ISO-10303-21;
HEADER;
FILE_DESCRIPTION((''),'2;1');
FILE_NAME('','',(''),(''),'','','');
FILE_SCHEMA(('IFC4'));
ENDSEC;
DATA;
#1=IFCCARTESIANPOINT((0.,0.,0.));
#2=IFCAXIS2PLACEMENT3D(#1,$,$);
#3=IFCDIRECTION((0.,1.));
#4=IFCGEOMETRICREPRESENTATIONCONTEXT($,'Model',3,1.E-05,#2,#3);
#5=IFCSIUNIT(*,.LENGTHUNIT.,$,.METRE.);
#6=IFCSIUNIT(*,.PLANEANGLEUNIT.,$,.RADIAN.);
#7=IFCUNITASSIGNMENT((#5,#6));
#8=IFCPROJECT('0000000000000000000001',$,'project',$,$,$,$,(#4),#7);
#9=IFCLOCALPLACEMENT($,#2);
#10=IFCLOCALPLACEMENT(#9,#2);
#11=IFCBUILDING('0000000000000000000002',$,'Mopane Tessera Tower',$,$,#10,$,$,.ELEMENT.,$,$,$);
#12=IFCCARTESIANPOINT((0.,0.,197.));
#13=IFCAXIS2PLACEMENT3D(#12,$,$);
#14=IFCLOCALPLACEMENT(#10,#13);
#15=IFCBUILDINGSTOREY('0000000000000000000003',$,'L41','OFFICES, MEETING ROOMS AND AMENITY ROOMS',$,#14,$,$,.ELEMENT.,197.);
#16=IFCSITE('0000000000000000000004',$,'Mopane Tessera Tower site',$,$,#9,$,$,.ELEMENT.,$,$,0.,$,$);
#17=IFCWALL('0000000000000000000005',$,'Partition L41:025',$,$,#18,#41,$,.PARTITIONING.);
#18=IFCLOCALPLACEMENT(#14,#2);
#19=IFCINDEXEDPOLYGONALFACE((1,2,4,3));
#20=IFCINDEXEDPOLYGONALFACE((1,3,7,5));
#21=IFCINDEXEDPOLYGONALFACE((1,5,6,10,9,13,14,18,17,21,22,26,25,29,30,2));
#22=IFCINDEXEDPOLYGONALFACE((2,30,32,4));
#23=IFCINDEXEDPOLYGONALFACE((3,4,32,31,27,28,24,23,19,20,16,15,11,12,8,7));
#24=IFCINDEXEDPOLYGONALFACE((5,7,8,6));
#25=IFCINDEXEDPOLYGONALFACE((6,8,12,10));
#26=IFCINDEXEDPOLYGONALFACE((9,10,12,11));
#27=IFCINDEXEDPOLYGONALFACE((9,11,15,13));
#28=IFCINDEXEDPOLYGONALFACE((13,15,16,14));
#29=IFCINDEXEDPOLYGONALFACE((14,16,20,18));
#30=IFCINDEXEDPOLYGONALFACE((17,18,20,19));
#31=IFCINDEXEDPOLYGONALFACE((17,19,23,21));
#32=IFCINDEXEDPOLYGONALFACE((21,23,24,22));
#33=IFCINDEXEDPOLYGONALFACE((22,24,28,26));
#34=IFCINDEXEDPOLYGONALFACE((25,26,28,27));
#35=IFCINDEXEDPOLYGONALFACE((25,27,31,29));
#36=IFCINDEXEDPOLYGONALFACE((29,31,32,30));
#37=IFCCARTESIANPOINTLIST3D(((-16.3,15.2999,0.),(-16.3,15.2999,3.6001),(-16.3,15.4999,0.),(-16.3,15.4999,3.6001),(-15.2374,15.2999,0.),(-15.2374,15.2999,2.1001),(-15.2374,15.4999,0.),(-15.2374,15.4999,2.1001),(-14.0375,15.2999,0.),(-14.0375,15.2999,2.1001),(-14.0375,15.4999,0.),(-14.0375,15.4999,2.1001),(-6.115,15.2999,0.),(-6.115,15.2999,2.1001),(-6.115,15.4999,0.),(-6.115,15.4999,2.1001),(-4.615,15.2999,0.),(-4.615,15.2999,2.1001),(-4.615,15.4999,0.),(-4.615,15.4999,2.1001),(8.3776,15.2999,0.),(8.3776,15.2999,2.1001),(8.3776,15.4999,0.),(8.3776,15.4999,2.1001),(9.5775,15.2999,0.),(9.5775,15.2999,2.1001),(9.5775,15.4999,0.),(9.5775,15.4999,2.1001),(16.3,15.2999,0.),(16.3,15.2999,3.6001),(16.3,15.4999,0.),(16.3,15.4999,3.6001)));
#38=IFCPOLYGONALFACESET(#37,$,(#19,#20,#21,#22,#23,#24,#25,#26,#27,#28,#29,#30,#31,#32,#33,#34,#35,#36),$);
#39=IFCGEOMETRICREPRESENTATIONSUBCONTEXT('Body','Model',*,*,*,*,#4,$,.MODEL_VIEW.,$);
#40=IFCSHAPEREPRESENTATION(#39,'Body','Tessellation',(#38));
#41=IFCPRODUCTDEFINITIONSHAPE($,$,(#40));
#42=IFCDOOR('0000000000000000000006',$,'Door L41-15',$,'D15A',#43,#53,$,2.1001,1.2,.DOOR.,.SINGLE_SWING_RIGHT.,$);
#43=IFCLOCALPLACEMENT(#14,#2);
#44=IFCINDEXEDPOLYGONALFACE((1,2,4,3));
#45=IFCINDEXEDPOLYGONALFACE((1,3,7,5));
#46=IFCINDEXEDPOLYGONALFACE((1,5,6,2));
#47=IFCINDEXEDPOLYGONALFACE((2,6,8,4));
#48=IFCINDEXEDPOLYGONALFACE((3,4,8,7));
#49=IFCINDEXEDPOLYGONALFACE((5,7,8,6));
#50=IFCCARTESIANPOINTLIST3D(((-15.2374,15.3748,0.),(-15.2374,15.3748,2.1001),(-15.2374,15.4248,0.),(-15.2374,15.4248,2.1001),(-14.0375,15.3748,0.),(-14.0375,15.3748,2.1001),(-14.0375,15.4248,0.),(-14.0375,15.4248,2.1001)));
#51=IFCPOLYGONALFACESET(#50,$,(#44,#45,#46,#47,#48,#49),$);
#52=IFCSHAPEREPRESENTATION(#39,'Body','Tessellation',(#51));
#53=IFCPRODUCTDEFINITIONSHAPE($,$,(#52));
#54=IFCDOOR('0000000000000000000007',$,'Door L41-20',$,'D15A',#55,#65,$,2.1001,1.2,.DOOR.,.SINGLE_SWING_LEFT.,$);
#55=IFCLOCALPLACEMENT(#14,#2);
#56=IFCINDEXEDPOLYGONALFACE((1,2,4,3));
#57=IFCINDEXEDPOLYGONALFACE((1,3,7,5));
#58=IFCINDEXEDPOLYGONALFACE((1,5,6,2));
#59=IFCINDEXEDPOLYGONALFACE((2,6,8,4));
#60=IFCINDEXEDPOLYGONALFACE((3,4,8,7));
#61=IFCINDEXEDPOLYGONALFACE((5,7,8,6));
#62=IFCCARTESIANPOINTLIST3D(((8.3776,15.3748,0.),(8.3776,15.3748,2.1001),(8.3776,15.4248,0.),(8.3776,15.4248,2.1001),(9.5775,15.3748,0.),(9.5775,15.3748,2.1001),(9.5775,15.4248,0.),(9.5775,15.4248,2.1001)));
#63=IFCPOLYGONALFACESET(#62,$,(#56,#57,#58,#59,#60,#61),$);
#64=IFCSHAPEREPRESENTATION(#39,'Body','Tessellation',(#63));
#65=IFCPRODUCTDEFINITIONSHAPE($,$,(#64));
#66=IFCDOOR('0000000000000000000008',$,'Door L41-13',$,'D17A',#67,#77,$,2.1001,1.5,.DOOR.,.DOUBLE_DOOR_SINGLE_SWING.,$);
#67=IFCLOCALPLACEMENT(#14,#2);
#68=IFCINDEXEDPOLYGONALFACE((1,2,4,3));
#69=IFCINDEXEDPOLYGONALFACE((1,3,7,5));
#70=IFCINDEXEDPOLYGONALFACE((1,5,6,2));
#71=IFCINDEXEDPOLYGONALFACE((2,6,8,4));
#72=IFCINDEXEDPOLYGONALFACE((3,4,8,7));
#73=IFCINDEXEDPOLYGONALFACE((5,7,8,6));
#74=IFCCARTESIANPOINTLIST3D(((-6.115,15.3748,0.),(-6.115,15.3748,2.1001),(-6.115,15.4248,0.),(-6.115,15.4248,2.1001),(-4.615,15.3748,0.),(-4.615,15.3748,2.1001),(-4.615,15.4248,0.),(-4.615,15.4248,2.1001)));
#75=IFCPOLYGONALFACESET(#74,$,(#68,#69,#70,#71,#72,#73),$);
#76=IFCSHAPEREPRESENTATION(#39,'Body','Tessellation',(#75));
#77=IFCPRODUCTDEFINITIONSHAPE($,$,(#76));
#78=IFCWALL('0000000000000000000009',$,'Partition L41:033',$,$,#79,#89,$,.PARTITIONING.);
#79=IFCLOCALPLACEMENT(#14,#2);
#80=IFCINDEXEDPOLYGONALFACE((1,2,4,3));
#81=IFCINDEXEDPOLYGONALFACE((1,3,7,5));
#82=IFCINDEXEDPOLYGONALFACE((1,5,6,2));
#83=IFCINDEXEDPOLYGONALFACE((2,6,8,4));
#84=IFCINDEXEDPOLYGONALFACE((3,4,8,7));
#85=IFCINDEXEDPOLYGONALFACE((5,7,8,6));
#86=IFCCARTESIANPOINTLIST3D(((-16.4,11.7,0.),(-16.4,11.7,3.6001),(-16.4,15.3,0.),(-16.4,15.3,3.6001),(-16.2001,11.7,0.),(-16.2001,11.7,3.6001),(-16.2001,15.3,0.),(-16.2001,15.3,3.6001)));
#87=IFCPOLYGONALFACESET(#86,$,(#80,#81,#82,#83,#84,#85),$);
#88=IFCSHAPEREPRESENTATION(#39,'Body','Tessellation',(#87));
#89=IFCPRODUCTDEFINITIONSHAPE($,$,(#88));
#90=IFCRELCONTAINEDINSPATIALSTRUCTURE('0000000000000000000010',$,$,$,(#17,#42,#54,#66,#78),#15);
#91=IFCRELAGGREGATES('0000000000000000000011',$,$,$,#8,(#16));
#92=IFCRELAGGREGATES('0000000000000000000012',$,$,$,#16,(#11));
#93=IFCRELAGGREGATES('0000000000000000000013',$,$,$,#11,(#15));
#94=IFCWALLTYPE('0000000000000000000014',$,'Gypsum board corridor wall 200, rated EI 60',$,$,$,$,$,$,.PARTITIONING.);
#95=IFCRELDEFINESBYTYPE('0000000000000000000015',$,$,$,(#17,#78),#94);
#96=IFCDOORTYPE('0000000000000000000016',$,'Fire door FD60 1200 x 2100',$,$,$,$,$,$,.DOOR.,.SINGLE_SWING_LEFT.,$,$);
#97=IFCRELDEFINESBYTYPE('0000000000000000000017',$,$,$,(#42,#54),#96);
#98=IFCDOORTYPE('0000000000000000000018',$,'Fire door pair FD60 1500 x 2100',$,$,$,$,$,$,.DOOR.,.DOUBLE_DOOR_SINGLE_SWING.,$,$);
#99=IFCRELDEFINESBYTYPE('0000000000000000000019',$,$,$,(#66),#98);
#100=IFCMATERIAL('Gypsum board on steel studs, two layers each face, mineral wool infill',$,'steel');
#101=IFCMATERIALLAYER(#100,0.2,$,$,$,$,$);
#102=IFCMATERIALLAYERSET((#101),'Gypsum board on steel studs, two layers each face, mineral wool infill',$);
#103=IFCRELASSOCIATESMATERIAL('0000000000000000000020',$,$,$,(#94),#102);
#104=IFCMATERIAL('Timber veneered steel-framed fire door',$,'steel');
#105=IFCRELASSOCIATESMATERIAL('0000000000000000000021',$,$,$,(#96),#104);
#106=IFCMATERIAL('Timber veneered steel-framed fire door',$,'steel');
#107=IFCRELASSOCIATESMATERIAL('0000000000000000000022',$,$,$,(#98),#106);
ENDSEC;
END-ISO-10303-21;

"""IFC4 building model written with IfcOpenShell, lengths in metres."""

from ifc_helpers import new_model, si_unit, direction, frame, frame_2d, origin, place, context, subcontext, project, spatial, rectangle, extrude, material, layer, layer_set, type_object, element, fill, save


model = new_model("IFC4")

# Units and contexts
model_context = context("Model", 3, precision=1e-05, world=origin(), true_north=direction((0.0, 1.0)))
body_context = subcontext(model_context, "Body", "Model", "MODEL_VIEW")
ifc_project = project(units=[si_unit("LENGTHUNIT", "METRE"), si_unit("PLANEANGLEUNIT", "RADIAN")], contexts=[model_context])

# Site, building, storey
site_placement = place(None, origin())
site = spatial("IfcSite", under=ifc_project, at=site_placement, Name="Mopane Tessera Tower site", CompositionType="ELEMENT", RefElevation=0.0)
building_placement = place(site_placement, origin())
building = spatial("IfcBuilding", under=site, at=building_placement, Name="Mopane Tessera Tower", CompositionType="ELEMENT")
storey_placement = place(building_placement, frame((0.0, 0.0, 197.0)))
storey = spatial("IfcBuildingStorey", under=building, at=storey_placement, Name="L41", Description="OFFICES, MEETING ROOMS AND AMENITY ROOMS", CompositionType="ELEMENT", Elevation=197.0)

# Shared definitions
ifc_material_1 = material(Name="Gypsum board on steel studs, two layers each face, mineral wool infill", Category="steel")
ifc_layer_1 = layer(ifc_material_1, 0.2)
ifc_layer_set_1 = layer_set([ifc_layer_1], Name="Gypsum board on steel studs, two layers each face, mineral wool infill")
wall_type_1 = type_object("IfcWallType", Name="Gypsum board corridor wall 200, rated EI 60", PredefinedType="PARTITIONING", material=ifc_layer_set_1)

# Wall, openings, doors
wall_1_placement = place(storey_placement, frame((-16.3, 15.3999, 0.0), z_axis=(0.0, 0.0, 1.0), x_axis=(1.0, 0.0, 0.0)))
wall_1 = element("IfcWall", 1, at=wall_1_placement, inside=storey, type_object=wall_type_1, Name="Partition L41:025", PredefinedType="PARTITIONING", context=body_context, shape_type="SweptSolid", body=[
    extrude(rectangle(XDim=32.6001, YDim=0.2, at=frame_2d((16.3, 0.0))), origin(), (0.0, 0.0, 1.0), 3.6001),
])
opening_1_placement = place(wall_1_placement, frame((10.1851, 0.0, 0.0)))
opening_1 = element("IfcOpeningElement", 2, at=opening_1_placement, cuts=wall_1, PredefinedType="OPENING", context=body_context, shape_type="SweptSolid", body=[
    extrude(rectangle(XDim=1.5, YDim=2.1001, at=frame_2d((0.75, 1.05))), frame((0.0, 0.1121, 0.0), z_axis=(0.0, -1.0, 0.0), x_axis=(1.0, 0.0, 0.0)), (0.0, 0.0, 1.0), 0.2239),
])
opening_2_placement = place(wall_1_placement, frame((1.0625, 0.0, 0.0)))
opening_2 = element("IfcOpeningElement", 3, at=opening_2_placement, cuts=wall_1, PredefinedType="OPENING", context=body_context, shape_type="SweptSolid", body=[
    extrude(rectangle(XDim=1.2, YDim=2.1001, at=frame_2d((0.6001, 1.05))), frame((0.0, 0.1121, 0.0), z_axis=(0.0, -1.0, 0.0), x_axis=(1.0, 0.0, 0.0)), (0.0, 0.0, 1.0), 0.2239),
])
opening_3_placement = place(wall_1_placement, frame((24.6775, 0.0, 0.0)))
opening_3 = element("IfcOpeningElement", 4, at=opening_3_placement, cuts=wall_1, PredefinedType="OPENING", context=body_context, shape_type="SweptSolid", body=[
    extrude(rectangle(XDim=1.2, YDim=2.1001, at=frame_2d((0.6001, 1.05))), frame((0.0, 0.1121, 0.0), z_axis=(0.0, -1.0, 0.0), x_axis=(1.0, 0.0, 0.0)), (0.0, 0.0, 1.0), 0.2239),
])
ifc_material_2 = material(Name="Timber veneered steel-framed fire door", Category="steel")
door_type_1 = type_object("IfcDoorType", Name="Fire door FD60 1200 x 2100", OperationType="SINGLE_SWING_LEFT", PredefinedType="DOOR", material=ifc_material_2)
door_1_placement = place(opening_2_placement, origin())
door_1 = element("IfcDoor", 5, at=door_1_placement, inside=storey, type_object=door_type_1, Name="Door L41-15", ObjectType="D15A", OperationType="SINGLE_SWING_RIGHT", OverallHeight=2.1001, OverallWidth=1.2, PredefinedType="DOOR", context=body_context, shape_type="SweptSolid", body=[
    extrude(rectangle(XDim=1.2, YDim=2.1001, at=frame_2d((0.6001, 1.05))), frame((0.0, 0.0249, 0.0), z_axis=(0.0, -1.0, 0.0), x_axis=(1.0, 0.0, 0.0)), (0.0, 0.0, 1.0), 0.05),
])
fill(opening_2, door_1)
door_2_placement = place(opening_3_placement, origin())
door_2 = element("IfcDoor", 6, at=door_2_placement, inside=storey, type_object=door_type_1, Name="Door L41-20", ObjectType="D15A", OperationType="SINGLE_SWING_LEFT", OverallHeight=2.1001, OverallWidth=1.2, PredefinedType="DOOR", context=body_context, shape_type="SweptSolid", body=[
    extrude(rectangle(XDim=1.2, YDim=2.1001, at=frame_2d((0.6001, 1.05))), frame((0.0, 0.0249, 0.0), z_axis=(0.0, -1.0, 0.0), x_axis=(1.0, 0.0, 0.0)), (0.0, 0.0, 1.0), 0.05),
])
fill(opening_3, door_2)
ifc_material_3 = material(Name="Timber veneered steel-framed fire door", Category="steel")
door_type_2 = type_object("IfcDoorType", Name="Fire door pair FD60 1500 x 2100", OperationType="DOUBLE_DOOR_SINGLE_SWING", PredefinedType="DOOR", material=ifc_material_3)
door_3_placement = place(opening_1_placement, origin())
door_3 = element("IfcDoor", 7, at=door_3_placement, inside=storey, type_object=door_type_2, Name="Door L41-13", ObjectType="D17A", OperationType="DOUBLE_DOOR_SINGLE_SWING", OverallHeight=2.1001, OverallWidth=1.5, PredefinedType="DOOR", context=body_context, shape_type="SweptSolid", body=[
    extrude(rectangle(XDim=1.5, YDim=2.1001, at=frame_2d((0.75, 1.05))), frame((0.0, 0.0249, 0.0), z_axis=(0.0, -1.0, 0.0), x_axis=(1.0, 0.0, 0.0)), (0.0, 0.0, 1.0), 0.05),
])
fill(opening_1, door_3)

# Wall
wall_2_placement = place(storey_placement, frame((-16.3, 11.7, 0.0), z_axis=(0.0, 0.0, 1.0), x_axis=(0.0, 1.0, 0.0)))
element("IfcWall", 8, at=wall_2_placement, inside=storey, type_object=wall_type_1, Name="Partition L41:033", PredefinedType="PARTITIONING", context=body_context, shape_type="SweptSolid", body=[
    extrude(rectangle(XDim=3.6001, YDim=0.2, at=frame_2d((1.8, 0.0))), origin(), (0.0, 0.0, 1.0), 3.6001),
])

save(model, "model.ifc")
